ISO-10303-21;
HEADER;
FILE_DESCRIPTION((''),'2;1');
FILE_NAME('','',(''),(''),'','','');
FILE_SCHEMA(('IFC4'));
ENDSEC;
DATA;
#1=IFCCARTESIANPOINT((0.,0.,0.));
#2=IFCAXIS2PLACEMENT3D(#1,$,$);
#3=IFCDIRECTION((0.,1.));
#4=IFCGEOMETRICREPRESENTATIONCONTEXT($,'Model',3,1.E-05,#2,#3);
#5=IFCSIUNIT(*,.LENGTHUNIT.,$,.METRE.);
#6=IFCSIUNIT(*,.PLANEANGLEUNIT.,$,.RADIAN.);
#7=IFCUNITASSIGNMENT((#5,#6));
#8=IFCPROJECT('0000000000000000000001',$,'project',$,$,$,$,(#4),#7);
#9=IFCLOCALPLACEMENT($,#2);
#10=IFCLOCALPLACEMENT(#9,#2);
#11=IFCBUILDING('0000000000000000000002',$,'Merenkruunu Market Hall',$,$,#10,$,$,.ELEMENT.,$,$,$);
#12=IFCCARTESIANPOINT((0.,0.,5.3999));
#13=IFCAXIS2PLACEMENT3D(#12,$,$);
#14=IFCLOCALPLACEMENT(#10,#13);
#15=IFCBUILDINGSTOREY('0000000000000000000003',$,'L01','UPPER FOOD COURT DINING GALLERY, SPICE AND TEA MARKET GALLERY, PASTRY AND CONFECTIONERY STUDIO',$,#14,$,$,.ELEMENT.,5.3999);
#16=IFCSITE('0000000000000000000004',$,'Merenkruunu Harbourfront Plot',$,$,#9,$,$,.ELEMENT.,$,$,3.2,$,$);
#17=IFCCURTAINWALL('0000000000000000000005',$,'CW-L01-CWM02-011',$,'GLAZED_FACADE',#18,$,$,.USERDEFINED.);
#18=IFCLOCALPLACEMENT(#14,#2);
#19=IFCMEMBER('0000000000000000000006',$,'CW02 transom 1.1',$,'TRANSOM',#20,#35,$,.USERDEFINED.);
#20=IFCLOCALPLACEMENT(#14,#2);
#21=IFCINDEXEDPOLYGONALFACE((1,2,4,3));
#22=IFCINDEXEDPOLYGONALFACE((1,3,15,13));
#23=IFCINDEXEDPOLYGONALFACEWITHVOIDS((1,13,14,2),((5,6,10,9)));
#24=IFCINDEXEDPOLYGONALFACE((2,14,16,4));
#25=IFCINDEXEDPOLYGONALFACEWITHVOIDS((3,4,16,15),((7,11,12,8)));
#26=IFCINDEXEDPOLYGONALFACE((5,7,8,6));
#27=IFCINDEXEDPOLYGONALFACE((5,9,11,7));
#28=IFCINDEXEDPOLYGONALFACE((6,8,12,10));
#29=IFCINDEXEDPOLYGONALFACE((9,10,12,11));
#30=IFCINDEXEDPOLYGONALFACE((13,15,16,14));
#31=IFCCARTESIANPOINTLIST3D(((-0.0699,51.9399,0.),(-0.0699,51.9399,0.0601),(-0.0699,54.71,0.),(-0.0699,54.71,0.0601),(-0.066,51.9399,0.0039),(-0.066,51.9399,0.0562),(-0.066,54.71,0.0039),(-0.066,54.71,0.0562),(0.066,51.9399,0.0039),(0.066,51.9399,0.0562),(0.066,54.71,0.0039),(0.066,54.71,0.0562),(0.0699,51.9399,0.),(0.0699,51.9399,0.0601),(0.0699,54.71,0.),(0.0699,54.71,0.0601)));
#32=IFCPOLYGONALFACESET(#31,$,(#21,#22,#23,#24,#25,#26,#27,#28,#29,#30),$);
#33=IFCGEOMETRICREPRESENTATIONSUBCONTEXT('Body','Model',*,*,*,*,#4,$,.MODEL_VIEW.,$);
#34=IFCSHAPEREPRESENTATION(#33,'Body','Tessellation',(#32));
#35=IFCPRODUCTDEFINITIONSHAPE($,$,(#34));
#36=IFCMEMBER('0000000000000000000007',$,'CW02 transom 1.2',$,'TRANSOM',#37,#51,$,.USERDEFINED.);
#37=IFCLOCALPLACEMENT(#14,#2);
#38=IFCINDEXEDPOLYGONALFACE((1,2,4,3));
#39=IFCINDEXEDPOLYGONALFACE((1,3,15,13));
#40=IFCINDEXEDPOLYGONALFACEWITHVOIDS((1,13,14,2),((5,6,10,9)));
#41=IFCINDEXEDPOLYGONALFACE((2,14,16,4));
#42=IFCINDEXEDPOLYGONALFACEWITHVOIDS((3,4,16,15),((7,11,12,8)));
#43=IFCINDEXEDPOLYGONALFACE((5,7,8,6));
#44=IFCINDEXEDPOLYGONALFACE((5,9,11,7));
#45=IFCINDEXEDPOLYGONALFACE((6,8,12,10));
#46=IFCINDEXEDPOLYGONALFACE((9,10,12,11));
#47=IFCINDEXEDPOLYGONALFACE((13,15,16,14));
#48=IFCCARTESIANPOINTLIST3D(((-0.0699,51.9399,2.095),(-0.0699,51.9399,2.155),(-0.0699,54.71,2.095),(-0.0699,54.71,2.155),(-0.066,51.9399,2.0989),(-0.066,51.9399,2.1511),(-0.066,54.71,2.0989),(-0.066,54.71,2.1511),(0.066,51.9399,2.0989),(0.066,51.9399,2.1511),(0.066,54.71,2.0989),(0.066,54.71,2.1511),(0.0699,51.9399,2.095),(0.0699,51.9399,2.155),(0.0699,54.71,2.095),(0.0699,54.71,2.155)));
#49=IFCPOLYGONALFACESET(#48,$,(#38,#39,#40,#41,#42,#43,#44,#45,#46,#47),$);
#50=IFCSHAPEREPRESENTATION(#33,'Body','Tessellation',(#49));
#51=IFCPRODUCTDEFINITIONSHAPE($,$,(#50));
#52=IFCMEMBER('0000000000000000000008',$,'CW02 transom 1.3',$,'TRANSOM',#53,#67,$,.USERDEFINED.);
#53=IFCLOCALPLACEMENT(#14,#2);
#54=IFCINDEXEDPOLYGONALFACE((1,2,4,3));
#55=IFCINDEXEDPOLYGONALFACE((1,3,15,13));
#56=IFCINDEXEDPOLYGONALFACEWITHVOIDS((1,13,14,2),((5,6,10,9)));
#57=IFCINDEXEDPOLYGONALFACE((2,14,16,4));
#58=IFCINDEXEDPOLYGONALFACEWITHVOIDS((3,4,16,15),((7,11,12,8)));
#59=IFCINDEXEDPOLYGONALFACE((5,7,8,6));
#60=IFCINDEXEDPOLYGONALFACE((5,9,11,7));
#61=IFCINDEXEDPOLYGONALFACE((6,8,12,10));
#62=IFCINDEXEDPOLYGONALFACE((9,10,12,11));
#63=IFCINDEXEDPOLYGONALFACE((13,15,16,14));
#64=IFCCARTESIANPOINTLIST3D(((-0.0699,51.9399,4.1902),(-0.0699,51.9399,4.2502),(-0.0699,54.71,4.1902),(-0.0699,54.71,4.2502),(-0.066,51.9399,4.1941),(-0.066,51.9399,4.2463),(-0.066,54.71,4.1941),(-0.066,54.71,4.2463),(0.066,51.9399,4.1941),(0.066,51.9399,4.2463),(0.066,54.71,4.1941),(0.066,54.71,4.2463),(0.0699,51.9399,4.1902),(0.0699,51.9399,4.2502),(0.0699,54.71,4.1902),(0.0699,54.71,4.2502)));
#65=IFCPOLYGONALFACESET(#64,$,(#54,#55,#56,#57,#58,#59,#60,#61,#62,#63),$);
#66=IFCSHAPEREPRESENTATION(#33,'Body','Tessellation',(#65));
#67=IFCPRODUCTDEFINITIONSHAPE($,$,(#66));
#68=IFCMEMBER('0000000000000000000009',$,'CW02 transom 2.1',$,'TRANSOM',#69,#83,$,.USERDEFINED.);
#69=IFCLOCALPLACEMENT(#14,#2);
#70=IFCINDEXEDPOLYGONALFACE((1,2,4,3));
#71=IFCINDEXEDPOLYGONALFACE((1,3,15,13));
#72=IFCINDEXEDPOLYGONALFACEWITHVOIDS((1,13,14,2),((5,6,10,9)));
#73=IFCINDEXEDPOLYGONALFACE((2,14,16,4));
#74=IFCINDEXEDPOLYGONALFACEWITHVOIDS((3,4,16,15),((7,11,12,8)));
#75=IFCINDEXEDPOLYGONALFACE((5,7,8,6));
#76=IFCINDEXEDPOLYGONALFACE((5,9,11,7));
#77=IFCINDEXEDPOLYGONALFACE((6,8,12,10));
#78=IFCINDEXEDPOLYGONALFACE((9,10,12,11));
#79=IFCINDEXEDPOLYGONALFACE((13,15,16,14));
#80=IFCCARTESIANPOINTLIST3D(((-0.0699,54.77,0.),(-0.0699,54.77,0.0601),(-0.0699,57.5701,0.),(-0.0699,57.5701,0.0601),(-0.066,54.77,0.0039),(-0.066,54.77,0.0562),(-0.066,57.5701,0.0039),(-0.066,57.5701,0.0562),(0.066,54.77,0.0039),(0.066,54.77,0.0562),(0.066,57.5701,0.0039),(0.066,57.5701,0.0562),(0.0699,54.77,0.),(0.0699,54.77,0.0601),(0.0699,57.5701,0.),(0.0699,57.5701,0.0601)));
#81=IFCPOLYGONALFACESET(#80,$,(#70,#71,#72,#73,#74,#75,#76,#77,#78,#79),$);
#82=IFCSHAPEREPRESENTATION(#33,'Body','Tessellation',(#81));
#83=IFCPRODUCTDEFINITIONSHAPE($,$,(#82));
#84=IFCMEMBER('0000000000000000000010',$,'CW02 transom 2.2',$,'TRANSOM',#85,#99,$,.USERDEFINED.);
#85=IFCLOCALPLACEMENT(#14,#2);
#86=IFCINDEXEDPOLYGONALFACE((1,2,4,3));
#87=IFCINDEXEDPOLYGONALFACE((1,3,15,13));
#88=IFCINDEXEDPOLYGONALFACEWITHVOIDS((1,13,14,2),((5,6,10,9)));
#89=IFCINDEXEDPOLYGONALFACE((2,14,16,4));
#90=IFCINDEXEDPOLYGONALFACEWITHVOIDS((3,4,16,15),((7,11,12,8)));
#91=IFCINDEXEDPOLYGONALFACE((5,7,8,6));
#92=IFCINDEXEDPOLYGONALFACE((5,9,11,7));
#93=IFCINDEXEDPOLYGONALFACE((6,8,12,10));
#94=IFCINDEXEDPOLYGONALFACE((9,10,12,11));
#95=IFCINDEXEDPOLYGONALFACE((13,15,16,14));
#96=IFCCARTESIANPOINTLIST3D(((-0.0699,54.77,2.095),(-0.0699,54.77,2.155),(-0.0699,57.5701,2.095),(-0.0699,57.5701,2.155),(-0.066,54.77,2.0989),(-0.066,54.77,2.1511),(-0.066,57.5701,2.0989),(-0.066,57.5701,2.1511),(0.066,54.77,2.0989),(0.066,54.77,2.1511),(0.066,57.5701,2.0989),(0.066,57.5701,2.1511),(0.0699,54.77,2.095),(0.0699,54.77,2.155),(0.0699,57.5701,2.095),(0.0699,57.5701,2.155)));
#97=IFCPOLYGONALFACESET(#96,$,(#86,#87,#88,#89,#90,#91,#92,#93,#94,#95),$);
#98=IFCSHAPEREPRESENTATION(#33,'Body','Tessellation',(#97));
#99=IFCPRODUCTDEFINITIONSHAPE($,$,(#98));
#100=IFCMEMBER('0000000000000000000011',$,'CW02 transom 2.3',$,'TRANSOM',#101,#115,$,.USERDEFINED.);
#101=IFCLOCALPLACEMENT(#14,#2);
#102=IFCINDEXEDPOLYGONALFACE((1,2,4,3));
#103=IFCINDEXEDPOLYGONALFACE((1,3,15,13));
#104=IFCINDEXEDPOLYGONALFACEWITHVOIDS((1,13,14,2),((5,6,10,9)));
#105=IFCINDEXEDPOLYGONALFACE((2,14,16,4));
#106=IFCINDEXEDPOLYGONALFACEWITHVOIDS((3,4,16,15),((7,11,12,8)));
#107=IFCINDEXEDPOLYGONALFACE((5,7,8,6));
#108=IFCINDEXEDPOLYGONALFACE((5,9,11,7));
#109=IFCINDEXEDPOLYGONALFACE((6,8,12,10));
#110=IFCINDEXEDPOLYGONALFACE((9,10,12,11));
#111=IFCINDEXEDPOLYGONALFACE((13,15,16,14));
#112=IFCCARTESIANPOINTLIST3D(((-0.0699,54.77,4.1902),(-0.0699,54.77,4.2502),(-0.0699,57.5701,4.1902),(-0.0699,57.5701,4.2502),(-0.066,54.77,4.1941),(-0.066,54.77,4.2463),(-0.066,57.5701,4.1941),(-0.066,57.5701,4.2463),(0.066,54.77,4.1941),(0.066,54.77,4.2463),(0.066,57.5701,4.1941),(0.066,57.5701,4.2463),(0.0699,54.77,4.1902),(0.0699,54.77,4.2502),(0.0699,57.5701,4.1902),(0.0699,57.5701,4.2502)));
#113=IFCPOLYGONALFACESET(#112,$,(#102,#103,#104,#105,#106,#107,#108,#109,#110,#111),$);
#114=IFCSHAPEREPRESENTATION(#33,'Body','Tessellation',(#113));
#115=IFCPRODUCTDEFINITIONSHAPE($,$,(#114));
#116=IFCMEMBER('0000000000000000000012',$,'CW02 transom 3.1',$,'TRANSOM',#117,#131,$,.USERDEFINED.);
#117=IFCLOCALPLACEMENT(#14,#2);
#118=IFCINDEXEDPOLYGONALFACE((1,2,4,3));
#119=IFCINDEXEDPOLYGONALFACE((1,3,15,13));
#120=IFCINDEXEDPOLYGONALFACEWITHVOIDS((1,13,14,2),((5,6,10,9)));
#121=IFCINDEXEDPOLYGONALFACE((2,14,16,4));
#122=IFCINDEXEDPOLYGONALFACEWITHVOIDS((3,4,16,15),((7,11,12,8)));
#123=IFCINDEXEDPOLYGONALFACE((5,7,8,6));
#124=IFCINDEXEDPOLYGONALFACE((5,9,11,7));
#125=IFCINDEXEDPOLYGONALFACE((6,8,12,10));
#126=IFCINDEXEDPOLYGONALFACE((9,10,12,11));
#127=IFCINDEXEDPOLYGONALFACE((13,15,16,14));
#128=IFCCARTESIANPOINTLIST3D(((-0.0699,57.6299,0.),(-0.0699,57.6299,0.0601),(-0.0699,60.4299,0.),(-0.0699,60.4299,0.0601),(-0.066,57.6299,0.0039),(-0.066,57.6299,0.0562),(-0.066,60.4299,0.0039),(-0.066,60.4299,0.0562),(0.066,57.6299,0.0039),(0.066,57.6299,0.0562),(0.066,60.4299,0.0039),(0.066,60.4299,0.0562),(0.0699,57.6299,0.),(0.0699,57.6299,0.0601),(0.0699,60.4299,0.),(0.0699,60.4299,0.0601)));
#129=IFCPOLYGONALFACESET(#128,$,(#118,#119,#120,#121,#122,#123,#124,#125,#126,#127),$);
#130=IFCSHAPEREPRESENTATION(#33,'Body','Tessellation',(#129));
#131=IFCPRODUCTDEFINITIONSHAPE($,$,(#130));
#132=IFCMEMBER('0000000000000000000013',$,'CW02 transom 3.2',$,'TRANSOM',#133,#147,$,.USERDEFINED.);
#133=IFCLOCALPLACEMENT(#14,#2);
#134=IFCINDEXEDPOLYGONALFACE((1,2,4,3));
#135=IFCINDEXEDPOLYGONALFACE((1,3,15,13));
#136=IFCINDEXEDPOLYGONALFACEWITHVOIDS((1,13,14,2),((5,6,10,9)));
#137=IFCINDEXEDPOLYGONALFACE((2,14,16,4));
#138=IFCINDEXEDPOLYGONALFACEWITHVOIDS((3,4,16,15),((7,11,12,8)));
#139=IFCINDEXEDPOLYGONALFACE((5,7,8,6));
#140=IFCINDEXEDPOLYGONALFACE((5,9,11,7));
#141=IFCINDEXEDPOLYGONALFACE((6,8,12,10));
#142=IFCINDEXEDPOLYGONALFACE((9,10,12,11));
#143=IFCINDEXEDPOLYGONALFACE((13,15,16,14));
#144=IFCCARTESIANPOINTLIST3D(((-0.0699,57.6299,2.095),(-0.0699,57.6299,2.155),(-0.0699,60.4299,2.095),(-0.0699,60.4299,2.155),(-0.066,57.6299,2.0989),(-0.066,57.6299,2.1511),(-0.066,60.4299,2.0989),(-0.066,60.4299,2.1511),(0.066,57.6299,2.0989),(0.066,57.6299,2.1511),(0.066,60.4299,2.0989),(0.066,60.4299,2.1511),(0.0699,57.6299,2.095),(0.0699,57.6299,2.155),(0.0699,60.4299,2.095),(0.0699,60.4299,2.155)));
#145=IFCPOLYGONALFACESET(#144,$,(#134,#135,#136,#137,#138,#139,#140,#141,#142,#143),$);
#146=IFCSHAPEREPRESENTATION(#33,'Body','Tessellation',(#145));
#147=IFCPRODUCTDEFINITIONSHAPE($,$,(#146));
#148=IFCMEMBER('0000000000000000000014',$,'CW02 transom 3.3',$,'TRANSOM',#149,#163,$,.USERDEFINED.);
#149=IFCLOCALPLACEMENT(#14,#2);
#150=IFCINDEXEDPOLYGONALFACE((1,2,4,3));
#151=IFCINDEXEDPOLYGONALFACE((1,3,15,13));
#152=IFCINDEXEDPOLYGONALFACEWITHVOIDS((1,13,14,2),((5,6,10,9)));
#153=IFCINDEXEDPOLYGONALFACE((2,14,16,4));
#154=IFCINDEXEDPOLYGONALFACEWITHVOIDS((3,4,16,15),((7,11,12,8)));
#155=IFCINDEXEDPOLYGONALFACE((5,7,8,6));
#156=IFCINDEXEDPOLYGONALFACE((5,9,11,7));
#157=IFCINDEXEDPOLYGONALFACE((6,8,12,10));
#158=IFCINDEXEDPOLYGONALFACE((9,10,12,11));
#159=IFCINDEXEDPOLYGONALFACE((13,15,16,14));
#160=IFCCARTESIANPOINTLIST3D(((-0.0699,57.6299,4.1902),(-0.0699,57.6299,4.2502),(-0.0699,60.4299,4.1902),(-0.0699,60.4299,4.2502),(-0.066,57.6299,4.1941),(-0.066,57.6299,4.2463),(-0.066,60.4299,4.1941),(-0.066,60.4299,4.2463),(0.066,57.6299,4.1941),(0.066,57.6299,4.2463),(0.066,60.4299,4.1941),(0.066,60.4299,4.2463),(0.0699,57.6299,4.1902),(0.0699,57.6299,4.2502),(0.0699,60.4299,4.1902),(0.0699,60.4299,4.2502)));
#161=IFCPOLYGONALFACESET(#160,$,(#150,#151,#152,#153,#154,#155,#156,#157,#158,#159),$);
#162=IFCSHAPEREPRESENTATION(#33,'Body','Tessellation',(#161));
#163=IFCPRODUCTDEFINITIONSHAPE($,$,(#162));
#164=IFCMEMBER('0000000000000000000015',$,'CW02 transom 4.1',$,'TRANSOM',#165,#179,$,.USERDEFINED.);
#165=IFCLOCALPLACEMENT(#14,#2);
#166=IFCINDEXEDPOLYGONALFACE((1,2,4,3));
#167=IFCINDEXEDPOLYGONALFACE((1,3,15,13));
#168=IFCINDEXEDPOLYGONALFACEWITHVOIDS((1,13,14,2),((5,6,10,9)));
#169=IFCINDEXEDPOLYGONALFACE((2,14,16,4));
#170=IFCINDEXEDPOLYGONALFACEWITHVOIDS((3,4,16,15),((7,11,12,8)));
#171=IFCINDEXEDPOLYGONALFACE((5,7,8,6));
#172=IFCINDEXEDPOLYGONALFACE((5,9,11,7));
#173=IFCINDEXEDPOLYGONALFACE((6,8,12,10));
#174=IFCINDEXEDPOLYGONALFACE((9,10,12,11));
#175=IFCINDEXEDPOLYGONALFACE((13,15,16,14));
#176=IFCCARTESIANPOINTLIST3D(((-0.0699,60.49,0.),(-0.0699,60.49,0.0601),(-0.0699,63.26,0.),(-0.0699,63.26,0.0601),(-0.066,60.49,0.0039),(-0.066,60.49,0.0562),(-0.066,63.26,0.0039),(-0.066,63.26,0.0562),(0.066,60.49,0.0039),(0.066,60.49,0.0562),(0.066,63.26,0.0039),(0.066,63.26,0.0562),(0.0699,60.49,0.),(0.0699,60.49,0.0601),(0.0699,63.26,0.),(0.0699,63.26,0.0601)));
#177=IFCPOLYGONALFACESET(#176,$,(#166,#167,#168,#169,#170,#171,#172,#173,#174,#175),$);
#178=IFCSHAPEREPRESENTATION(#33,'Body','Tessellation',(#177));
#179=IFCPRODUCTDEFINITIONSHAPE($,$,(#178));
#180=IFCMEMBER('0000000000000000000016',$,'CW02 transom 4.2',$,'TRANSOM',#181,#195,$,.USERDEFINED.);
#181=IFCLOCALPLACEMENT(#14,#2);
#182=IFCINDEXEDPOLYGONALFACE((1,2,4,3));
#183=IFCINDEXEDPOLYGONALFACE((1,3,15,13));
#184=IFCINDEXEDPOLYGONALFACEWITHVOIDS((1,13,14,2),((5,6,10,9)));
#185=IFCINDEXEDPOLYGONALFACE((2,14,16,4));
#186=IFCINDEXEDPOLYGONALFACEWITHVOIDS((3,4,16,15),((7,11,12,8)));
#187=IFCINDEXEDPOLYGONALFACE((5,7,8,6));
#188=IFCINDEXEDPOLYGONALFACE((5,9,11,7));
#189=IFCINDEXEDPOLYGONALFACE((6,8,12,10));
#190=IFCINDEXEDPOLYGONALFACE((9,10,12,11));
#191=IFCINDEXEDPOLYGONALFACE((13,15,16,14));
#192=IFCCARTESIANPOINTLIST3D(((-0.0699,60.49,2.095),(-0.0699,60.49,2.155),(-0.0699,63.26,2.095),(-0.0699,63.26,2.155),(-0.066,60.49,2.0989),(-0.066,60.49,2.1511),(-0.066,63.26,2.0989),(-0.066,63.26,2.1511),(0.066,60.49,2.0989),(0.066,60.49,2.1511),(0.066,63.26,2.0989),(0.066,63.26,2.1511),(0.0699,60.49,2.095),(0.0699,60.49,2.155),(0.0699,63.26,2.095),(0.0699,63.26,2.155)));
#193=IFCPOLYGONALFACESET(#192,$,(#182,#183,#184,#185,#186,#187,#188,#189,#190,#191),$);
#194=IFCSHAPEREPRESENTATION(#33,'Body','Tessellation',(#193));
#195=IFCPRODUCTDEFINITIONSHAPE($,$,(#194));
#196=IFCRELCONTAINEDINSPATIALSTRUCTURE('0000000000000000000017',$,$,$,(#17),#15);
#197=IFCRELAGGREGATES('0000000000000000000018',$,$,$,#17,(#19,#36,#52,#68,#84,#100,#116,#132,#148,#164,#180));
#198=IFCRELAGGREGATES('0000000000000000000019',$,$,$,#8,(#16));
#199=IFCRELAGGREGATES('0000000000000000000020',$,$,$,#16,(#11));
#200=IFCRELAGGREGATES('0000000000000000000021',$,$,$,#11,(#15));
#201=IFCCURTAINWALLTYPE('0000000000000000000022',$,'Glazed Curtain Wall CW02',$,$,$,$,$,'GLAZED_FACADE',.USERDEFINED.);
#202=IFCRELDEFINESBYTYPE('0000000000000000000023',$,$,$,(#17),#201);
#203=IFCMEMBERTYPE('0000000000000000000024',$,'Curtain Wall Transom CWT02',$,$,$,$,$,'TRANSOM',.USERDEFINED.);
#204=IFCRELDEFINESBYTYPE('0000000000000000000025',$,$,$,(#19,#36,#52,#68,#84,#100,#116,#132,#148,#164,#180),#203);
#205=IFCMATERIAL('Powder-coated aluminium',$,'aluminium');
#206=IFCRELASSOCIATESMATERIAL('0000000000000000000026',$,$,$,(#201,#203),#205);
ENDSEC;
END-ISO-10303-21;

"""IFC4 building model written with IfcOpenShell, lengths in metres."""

from ifc_helpers import new_model, si_unit, direction, frame, origin, origin_2d, place, context, subcontext, project, spatial, hollow_rectangle, extrude, material, material_profile, profile_set, type_object, element, aggregate, save


model = new_model("IFC4")

# Units and contexts
model_context = context("Model", 3, precision=1e-05, world=origin(), true_north=direction((0.0, 1.0)))
body_context = subcontext(model_context, "Body", "Model", "MODEL_VIEW")
ifc_project = project(units=[si_unit("LENGTHUNIT", "METRE"), si_unit("PLANEANGLEUNIT", "RADIAN")], contexts=[model_context])

# Site, building, storey
site_placement = place(None, origin())
site = spatial("IfcSite", under=ifc_project, at=site_placement, Name="Merenkruunu Harbourfront Plot", CompositionType="ELEMENT", RefElevation=3.2)
building_placement = place(site_placement, origin())
building = spatial("IfcBuilding", under=site, at=building_placement, Name="Merenkruunu Market Hall", CompositionType="ELEMENT")
storey_placement = place(building_placement, frame((0.0, 0.0, 5.3999)))
storey = spatial("IfcBuildingStorey", under=building, at=storey_placement, Name="L01", Description="UPPER FOOD COURT DINING GALLERY, SPICE AND TEA MARKET GALLERY, PASTRY AND CONFECTIONERY STUDIO", CompositionType="ELEMENT", Elevation=5.3999)

# Shared definitions
ifc_material_1 = material(Name="Powder-coated aluminium", Category="aluminium")
curtain_wall_type = type_object("IfcCurtainWallType", Name="Glazed Curtain Wall CW02", ElementType="GLAZED_FACADE", PredefinedType="USERDEFINED", material=ifc_material_1)

# Curtain wall, members
curtain_wall_1_placement = place(storey_placement, origin())
curtain_wall_1 = element("IfcCurtainWall", 1, at=curtain_wall_1_placement, inside=storey, type_object=curtain_wall_type, Name="CW-L01-CWM02-011", ObjectType="GLAZED_FACADE", PredefinedType="USERDEFINED")
ifc_material_profile_1 = material_profile(ifc_material_1, hollow_rectangle(XDim=0.0601, YDim=0.1399, WallThickness=0.0039, at=origin_2d()), Name="ALU 60x140x4")
ifc_profile_set_1 = profile_set([ifc_material_profile_1], Name="Powder-coated aluminium")
member_type_1 = type_object("IfcMemberType", Name="Curtain Wall Transom CWT02", ElementType="TRANSOM", PredefinedType="USERDEFINED", material=ifc_profile_set_1)
member_1_placement = place(storey_placement, frame((0.0, 51.9399, 0.03), z_axis=(0.0, 1.0, 0.0), x_axis=(0.0, 0.0, 1.0)))
member_1 = element("IfcMember", 2, at=member_1_placement, type_object=member_type_1, Name="CW02 transom 1.1", ObjectType="TRANSOM", PredefinedType="USERDEFINED", context=body_context, shape_type="SweptSolid", body=[
    extrude(hollow_rectangle(XDim=0.0601, YDim=0.1399, WallThickness=0.0039, at=origin_2d()), origin(), (0.0, 0.0, 1.0), 2.77),
])
member_2_placement = place(storey_placement, frame((0.0, 51.9399, 2.125), z_axis=(0.0, 1.0, 0.0), x_axis=(0.0, 0.0, 1.0)))
member_2 = element("IfcMember", 3, at=member_2_placement, type_object=member_type_1, Name="CW02 transom 1.2", ObjectType="TRANSOM", PredefinedType="USERDEFINED", context=body_context, shape_type="SweptSolid", body=[
    extrude(hollow_rectangle(XDim=0.0601, YDim=0.1399, WallThickness=0.0039, at=origin_2d()), origin(), (0.0, 0.0, 1.0), 2.77),
])
member_3_placement = place(storey_placement, frame((0.0, 51.9399, 4.2202), z_axis=(0.0, 1.0, 0.0), x_axis=(0.0, 0.0, 1.0)))
member_3 = element("IfcMember", 4, at=member_3_placement, type_object=member_type_1, Name="CW02 transom 1.3", ObjectType="TRANSOM", PredefinedType="USERDEFINED", context=body_context, shape_type="SweptSolid", body=[
    extrude(hollow_rectangle(XDim=0.0601, YDim=0.1399, WallThickness=0.0039, at=origin_2d()), origin(), (0.0, 0.0, 1.0), 2.77),
])
member_4_placement = place(storey_placement, frame((0.0, 54.77, 0.03), z_axis=(0.0, 1.0, 0.0), x_axis=(0.0, 0.0, 1.0)))
member_4 = element("IfcMember", 5, at=member_4_placement, type_object=member_type_1, Name="CW02 transom 2.1", ObjectType="TRANSOM", PredefinedType="USERDEFINED", context=body_context, shape_type="SweptSolid", body=[
    extrude(hollow_rectangle(XDim=0.0601, YDim=0.1399, WallThickness=0.0039, at=origin_2d()), origin(), (0.0, 0.0, 1.0), 2.8),
])
member_5_placement = place(storey_placement, frame((0.0, 54.77, 2.125), z_axis=(0.0, 1.0, 0.0), x_axis=(0.0, 0.0, 1.0)))
member_5 = element("IfcMember", 6, at=member_5_placement, type_object=member_type_1, Name="CW02 transom 2.2", ObjectType="TRANSOM", PredefinedType="USERDEFINED", context=body_context, shape_type="SweptSolid", body=[
    extrude(hollow_rectangle(XDim=0.0601, YDim=0.1399, WallThickness=0.0039, at=origin_2d()), origin(), (0.0, 0.0, 1.0), 2.8),
])
member_6_placement = place(storey_placement, frame((0.0, 54.77, 4.2202), z_axis=(0.0, 1.0, 0.0), x_axis=(0.0, 0.0, 1.0)))
member_6 = element("IfcMember", 7, at=member_6_placement, type_object=member_type_1, Name="CW02 transom 2.3", ObjectType="TRANSOM", PredefinedType="USERDEFINED", context=body_context, shape_type="SweptSolid", body=[
    extrude(hollow_rectangle(XDim=0.0601, YDim=0.1399, WallThickness=0.0039, at=origin_2d()), origin(), (0.0, 0.0, 1.0), 2.8),
])
member_7_placement = place(storey_placement, frame((0.0, 57.6299, 0.03), z_axis=(0.0, 1.0, 0.0), x_axis=(0.0, 0.0, 1.0)))
member_7 = element("IfcMember", 8, at=member_7_placement, type_object=member_type_1, Name="CW02 transom 3.1", ObjectType="TRANSOM", PredefinedType="USERDEFINED", context=body_context, shape_type="SweptSolid", body=[
    extrude(hollow_rectangle(XDim=0.0601, YDim=0.1399, WallThickness=0.0039, at=origin_2d()), origin(), (0.0, 0.0, 1.0), 2.8),
])
member_8_placement = place(storey_placement, frame((0.0, 57.6299, 2.125), z_axis=(0.0, 1.0, 0.0), x_axis=(0.0, 0.0, 1.0)))
member_8 = element("IfcMember", 9, at=member_8_placement, type_object=member_type_1, Name="CW02 transom 3.2", ObjectType="TRANSOM", PredefinedType="USERDEFINED", context=body_context, shape_type="SweptSolid", body=[
    extrude(hollow_rectangle(XDim=0.0601, YDim=0.1399, WallThickness=0.0039, at=origin_2d()), origin(), (0.0, 0.0, 1.0), 2.8),
])
member_9_placement = place(storey_placement, frame((0.0, 57.6299, 4.2202), z_axis=(0.0, 1.0, 0.0), x_axis=(0.0, 0.0, 1.0)))
member_9 = element("IfcMember", 10, at=member_9_placement, type_object=member_type_1, Name="CW02 transom 3.3", ObjectType="TRANSOM", PredefinedType="USERDEFINED", context=body_context, shape_type="SweptSolid", body=[
    extrude(hollow_rectangle(XDim=0.0601, YDim=0.1399, WallThickness=0.0039, at=origin_2d()), origin(), (0.0, 0.0, 1.0), 2.8),
])
member_10_placement = place(storey_placement, frame((0.0, 60.49, 0.03), z_axis=(0.0, 1.0, 0.0), x_axis=(0.0, 0.0, 1.0)))
member_10 = element("IfcMember", 11, at=member_10_placement, type_object=member_type_1, Name="CW02 transom 4.1", ObjectType="TRANSOM", PredefinedType="USERDEFINED", context=body_context, shape_type="SweptSolid", body=[
    extrude(hollow_rectangle(XDim=0.0601, YDim=0.1399, WallThickness=0.0039, at=origin_2d()), origin(), (0.0, 0.0, 1.0), 2.77),
])
member_11_placement = place(storey_placement, frame((0.0, 60.49, 2.125), z_axis=(0.0, 1.0, 0.0), x_axis=(0.0, 0.0, 1.0)))
member_11 = element("IfcMember", 12, at=member_11_placement, type_object=member_type_1, Name="CW02 transom 4.2", ObjectType="TRANSOM", PredefinedType="USERDEFINED", context=body_context, shape_type="SweptSolid", body=[
    extrude(hollow_rectangle(XDim=0.0601, YDim=0.1399, WallThickness=0.0039, at=origin_2d()), origin(), (0.0, 0.0, 1.0), 2.77),
])

aggregate(curtain_wall_1, [member_1, member_2, member_3, member_4, member_5, member_6, member_7, member_8, member_9, member_10, member_11])

save(model, "model.ifc")
